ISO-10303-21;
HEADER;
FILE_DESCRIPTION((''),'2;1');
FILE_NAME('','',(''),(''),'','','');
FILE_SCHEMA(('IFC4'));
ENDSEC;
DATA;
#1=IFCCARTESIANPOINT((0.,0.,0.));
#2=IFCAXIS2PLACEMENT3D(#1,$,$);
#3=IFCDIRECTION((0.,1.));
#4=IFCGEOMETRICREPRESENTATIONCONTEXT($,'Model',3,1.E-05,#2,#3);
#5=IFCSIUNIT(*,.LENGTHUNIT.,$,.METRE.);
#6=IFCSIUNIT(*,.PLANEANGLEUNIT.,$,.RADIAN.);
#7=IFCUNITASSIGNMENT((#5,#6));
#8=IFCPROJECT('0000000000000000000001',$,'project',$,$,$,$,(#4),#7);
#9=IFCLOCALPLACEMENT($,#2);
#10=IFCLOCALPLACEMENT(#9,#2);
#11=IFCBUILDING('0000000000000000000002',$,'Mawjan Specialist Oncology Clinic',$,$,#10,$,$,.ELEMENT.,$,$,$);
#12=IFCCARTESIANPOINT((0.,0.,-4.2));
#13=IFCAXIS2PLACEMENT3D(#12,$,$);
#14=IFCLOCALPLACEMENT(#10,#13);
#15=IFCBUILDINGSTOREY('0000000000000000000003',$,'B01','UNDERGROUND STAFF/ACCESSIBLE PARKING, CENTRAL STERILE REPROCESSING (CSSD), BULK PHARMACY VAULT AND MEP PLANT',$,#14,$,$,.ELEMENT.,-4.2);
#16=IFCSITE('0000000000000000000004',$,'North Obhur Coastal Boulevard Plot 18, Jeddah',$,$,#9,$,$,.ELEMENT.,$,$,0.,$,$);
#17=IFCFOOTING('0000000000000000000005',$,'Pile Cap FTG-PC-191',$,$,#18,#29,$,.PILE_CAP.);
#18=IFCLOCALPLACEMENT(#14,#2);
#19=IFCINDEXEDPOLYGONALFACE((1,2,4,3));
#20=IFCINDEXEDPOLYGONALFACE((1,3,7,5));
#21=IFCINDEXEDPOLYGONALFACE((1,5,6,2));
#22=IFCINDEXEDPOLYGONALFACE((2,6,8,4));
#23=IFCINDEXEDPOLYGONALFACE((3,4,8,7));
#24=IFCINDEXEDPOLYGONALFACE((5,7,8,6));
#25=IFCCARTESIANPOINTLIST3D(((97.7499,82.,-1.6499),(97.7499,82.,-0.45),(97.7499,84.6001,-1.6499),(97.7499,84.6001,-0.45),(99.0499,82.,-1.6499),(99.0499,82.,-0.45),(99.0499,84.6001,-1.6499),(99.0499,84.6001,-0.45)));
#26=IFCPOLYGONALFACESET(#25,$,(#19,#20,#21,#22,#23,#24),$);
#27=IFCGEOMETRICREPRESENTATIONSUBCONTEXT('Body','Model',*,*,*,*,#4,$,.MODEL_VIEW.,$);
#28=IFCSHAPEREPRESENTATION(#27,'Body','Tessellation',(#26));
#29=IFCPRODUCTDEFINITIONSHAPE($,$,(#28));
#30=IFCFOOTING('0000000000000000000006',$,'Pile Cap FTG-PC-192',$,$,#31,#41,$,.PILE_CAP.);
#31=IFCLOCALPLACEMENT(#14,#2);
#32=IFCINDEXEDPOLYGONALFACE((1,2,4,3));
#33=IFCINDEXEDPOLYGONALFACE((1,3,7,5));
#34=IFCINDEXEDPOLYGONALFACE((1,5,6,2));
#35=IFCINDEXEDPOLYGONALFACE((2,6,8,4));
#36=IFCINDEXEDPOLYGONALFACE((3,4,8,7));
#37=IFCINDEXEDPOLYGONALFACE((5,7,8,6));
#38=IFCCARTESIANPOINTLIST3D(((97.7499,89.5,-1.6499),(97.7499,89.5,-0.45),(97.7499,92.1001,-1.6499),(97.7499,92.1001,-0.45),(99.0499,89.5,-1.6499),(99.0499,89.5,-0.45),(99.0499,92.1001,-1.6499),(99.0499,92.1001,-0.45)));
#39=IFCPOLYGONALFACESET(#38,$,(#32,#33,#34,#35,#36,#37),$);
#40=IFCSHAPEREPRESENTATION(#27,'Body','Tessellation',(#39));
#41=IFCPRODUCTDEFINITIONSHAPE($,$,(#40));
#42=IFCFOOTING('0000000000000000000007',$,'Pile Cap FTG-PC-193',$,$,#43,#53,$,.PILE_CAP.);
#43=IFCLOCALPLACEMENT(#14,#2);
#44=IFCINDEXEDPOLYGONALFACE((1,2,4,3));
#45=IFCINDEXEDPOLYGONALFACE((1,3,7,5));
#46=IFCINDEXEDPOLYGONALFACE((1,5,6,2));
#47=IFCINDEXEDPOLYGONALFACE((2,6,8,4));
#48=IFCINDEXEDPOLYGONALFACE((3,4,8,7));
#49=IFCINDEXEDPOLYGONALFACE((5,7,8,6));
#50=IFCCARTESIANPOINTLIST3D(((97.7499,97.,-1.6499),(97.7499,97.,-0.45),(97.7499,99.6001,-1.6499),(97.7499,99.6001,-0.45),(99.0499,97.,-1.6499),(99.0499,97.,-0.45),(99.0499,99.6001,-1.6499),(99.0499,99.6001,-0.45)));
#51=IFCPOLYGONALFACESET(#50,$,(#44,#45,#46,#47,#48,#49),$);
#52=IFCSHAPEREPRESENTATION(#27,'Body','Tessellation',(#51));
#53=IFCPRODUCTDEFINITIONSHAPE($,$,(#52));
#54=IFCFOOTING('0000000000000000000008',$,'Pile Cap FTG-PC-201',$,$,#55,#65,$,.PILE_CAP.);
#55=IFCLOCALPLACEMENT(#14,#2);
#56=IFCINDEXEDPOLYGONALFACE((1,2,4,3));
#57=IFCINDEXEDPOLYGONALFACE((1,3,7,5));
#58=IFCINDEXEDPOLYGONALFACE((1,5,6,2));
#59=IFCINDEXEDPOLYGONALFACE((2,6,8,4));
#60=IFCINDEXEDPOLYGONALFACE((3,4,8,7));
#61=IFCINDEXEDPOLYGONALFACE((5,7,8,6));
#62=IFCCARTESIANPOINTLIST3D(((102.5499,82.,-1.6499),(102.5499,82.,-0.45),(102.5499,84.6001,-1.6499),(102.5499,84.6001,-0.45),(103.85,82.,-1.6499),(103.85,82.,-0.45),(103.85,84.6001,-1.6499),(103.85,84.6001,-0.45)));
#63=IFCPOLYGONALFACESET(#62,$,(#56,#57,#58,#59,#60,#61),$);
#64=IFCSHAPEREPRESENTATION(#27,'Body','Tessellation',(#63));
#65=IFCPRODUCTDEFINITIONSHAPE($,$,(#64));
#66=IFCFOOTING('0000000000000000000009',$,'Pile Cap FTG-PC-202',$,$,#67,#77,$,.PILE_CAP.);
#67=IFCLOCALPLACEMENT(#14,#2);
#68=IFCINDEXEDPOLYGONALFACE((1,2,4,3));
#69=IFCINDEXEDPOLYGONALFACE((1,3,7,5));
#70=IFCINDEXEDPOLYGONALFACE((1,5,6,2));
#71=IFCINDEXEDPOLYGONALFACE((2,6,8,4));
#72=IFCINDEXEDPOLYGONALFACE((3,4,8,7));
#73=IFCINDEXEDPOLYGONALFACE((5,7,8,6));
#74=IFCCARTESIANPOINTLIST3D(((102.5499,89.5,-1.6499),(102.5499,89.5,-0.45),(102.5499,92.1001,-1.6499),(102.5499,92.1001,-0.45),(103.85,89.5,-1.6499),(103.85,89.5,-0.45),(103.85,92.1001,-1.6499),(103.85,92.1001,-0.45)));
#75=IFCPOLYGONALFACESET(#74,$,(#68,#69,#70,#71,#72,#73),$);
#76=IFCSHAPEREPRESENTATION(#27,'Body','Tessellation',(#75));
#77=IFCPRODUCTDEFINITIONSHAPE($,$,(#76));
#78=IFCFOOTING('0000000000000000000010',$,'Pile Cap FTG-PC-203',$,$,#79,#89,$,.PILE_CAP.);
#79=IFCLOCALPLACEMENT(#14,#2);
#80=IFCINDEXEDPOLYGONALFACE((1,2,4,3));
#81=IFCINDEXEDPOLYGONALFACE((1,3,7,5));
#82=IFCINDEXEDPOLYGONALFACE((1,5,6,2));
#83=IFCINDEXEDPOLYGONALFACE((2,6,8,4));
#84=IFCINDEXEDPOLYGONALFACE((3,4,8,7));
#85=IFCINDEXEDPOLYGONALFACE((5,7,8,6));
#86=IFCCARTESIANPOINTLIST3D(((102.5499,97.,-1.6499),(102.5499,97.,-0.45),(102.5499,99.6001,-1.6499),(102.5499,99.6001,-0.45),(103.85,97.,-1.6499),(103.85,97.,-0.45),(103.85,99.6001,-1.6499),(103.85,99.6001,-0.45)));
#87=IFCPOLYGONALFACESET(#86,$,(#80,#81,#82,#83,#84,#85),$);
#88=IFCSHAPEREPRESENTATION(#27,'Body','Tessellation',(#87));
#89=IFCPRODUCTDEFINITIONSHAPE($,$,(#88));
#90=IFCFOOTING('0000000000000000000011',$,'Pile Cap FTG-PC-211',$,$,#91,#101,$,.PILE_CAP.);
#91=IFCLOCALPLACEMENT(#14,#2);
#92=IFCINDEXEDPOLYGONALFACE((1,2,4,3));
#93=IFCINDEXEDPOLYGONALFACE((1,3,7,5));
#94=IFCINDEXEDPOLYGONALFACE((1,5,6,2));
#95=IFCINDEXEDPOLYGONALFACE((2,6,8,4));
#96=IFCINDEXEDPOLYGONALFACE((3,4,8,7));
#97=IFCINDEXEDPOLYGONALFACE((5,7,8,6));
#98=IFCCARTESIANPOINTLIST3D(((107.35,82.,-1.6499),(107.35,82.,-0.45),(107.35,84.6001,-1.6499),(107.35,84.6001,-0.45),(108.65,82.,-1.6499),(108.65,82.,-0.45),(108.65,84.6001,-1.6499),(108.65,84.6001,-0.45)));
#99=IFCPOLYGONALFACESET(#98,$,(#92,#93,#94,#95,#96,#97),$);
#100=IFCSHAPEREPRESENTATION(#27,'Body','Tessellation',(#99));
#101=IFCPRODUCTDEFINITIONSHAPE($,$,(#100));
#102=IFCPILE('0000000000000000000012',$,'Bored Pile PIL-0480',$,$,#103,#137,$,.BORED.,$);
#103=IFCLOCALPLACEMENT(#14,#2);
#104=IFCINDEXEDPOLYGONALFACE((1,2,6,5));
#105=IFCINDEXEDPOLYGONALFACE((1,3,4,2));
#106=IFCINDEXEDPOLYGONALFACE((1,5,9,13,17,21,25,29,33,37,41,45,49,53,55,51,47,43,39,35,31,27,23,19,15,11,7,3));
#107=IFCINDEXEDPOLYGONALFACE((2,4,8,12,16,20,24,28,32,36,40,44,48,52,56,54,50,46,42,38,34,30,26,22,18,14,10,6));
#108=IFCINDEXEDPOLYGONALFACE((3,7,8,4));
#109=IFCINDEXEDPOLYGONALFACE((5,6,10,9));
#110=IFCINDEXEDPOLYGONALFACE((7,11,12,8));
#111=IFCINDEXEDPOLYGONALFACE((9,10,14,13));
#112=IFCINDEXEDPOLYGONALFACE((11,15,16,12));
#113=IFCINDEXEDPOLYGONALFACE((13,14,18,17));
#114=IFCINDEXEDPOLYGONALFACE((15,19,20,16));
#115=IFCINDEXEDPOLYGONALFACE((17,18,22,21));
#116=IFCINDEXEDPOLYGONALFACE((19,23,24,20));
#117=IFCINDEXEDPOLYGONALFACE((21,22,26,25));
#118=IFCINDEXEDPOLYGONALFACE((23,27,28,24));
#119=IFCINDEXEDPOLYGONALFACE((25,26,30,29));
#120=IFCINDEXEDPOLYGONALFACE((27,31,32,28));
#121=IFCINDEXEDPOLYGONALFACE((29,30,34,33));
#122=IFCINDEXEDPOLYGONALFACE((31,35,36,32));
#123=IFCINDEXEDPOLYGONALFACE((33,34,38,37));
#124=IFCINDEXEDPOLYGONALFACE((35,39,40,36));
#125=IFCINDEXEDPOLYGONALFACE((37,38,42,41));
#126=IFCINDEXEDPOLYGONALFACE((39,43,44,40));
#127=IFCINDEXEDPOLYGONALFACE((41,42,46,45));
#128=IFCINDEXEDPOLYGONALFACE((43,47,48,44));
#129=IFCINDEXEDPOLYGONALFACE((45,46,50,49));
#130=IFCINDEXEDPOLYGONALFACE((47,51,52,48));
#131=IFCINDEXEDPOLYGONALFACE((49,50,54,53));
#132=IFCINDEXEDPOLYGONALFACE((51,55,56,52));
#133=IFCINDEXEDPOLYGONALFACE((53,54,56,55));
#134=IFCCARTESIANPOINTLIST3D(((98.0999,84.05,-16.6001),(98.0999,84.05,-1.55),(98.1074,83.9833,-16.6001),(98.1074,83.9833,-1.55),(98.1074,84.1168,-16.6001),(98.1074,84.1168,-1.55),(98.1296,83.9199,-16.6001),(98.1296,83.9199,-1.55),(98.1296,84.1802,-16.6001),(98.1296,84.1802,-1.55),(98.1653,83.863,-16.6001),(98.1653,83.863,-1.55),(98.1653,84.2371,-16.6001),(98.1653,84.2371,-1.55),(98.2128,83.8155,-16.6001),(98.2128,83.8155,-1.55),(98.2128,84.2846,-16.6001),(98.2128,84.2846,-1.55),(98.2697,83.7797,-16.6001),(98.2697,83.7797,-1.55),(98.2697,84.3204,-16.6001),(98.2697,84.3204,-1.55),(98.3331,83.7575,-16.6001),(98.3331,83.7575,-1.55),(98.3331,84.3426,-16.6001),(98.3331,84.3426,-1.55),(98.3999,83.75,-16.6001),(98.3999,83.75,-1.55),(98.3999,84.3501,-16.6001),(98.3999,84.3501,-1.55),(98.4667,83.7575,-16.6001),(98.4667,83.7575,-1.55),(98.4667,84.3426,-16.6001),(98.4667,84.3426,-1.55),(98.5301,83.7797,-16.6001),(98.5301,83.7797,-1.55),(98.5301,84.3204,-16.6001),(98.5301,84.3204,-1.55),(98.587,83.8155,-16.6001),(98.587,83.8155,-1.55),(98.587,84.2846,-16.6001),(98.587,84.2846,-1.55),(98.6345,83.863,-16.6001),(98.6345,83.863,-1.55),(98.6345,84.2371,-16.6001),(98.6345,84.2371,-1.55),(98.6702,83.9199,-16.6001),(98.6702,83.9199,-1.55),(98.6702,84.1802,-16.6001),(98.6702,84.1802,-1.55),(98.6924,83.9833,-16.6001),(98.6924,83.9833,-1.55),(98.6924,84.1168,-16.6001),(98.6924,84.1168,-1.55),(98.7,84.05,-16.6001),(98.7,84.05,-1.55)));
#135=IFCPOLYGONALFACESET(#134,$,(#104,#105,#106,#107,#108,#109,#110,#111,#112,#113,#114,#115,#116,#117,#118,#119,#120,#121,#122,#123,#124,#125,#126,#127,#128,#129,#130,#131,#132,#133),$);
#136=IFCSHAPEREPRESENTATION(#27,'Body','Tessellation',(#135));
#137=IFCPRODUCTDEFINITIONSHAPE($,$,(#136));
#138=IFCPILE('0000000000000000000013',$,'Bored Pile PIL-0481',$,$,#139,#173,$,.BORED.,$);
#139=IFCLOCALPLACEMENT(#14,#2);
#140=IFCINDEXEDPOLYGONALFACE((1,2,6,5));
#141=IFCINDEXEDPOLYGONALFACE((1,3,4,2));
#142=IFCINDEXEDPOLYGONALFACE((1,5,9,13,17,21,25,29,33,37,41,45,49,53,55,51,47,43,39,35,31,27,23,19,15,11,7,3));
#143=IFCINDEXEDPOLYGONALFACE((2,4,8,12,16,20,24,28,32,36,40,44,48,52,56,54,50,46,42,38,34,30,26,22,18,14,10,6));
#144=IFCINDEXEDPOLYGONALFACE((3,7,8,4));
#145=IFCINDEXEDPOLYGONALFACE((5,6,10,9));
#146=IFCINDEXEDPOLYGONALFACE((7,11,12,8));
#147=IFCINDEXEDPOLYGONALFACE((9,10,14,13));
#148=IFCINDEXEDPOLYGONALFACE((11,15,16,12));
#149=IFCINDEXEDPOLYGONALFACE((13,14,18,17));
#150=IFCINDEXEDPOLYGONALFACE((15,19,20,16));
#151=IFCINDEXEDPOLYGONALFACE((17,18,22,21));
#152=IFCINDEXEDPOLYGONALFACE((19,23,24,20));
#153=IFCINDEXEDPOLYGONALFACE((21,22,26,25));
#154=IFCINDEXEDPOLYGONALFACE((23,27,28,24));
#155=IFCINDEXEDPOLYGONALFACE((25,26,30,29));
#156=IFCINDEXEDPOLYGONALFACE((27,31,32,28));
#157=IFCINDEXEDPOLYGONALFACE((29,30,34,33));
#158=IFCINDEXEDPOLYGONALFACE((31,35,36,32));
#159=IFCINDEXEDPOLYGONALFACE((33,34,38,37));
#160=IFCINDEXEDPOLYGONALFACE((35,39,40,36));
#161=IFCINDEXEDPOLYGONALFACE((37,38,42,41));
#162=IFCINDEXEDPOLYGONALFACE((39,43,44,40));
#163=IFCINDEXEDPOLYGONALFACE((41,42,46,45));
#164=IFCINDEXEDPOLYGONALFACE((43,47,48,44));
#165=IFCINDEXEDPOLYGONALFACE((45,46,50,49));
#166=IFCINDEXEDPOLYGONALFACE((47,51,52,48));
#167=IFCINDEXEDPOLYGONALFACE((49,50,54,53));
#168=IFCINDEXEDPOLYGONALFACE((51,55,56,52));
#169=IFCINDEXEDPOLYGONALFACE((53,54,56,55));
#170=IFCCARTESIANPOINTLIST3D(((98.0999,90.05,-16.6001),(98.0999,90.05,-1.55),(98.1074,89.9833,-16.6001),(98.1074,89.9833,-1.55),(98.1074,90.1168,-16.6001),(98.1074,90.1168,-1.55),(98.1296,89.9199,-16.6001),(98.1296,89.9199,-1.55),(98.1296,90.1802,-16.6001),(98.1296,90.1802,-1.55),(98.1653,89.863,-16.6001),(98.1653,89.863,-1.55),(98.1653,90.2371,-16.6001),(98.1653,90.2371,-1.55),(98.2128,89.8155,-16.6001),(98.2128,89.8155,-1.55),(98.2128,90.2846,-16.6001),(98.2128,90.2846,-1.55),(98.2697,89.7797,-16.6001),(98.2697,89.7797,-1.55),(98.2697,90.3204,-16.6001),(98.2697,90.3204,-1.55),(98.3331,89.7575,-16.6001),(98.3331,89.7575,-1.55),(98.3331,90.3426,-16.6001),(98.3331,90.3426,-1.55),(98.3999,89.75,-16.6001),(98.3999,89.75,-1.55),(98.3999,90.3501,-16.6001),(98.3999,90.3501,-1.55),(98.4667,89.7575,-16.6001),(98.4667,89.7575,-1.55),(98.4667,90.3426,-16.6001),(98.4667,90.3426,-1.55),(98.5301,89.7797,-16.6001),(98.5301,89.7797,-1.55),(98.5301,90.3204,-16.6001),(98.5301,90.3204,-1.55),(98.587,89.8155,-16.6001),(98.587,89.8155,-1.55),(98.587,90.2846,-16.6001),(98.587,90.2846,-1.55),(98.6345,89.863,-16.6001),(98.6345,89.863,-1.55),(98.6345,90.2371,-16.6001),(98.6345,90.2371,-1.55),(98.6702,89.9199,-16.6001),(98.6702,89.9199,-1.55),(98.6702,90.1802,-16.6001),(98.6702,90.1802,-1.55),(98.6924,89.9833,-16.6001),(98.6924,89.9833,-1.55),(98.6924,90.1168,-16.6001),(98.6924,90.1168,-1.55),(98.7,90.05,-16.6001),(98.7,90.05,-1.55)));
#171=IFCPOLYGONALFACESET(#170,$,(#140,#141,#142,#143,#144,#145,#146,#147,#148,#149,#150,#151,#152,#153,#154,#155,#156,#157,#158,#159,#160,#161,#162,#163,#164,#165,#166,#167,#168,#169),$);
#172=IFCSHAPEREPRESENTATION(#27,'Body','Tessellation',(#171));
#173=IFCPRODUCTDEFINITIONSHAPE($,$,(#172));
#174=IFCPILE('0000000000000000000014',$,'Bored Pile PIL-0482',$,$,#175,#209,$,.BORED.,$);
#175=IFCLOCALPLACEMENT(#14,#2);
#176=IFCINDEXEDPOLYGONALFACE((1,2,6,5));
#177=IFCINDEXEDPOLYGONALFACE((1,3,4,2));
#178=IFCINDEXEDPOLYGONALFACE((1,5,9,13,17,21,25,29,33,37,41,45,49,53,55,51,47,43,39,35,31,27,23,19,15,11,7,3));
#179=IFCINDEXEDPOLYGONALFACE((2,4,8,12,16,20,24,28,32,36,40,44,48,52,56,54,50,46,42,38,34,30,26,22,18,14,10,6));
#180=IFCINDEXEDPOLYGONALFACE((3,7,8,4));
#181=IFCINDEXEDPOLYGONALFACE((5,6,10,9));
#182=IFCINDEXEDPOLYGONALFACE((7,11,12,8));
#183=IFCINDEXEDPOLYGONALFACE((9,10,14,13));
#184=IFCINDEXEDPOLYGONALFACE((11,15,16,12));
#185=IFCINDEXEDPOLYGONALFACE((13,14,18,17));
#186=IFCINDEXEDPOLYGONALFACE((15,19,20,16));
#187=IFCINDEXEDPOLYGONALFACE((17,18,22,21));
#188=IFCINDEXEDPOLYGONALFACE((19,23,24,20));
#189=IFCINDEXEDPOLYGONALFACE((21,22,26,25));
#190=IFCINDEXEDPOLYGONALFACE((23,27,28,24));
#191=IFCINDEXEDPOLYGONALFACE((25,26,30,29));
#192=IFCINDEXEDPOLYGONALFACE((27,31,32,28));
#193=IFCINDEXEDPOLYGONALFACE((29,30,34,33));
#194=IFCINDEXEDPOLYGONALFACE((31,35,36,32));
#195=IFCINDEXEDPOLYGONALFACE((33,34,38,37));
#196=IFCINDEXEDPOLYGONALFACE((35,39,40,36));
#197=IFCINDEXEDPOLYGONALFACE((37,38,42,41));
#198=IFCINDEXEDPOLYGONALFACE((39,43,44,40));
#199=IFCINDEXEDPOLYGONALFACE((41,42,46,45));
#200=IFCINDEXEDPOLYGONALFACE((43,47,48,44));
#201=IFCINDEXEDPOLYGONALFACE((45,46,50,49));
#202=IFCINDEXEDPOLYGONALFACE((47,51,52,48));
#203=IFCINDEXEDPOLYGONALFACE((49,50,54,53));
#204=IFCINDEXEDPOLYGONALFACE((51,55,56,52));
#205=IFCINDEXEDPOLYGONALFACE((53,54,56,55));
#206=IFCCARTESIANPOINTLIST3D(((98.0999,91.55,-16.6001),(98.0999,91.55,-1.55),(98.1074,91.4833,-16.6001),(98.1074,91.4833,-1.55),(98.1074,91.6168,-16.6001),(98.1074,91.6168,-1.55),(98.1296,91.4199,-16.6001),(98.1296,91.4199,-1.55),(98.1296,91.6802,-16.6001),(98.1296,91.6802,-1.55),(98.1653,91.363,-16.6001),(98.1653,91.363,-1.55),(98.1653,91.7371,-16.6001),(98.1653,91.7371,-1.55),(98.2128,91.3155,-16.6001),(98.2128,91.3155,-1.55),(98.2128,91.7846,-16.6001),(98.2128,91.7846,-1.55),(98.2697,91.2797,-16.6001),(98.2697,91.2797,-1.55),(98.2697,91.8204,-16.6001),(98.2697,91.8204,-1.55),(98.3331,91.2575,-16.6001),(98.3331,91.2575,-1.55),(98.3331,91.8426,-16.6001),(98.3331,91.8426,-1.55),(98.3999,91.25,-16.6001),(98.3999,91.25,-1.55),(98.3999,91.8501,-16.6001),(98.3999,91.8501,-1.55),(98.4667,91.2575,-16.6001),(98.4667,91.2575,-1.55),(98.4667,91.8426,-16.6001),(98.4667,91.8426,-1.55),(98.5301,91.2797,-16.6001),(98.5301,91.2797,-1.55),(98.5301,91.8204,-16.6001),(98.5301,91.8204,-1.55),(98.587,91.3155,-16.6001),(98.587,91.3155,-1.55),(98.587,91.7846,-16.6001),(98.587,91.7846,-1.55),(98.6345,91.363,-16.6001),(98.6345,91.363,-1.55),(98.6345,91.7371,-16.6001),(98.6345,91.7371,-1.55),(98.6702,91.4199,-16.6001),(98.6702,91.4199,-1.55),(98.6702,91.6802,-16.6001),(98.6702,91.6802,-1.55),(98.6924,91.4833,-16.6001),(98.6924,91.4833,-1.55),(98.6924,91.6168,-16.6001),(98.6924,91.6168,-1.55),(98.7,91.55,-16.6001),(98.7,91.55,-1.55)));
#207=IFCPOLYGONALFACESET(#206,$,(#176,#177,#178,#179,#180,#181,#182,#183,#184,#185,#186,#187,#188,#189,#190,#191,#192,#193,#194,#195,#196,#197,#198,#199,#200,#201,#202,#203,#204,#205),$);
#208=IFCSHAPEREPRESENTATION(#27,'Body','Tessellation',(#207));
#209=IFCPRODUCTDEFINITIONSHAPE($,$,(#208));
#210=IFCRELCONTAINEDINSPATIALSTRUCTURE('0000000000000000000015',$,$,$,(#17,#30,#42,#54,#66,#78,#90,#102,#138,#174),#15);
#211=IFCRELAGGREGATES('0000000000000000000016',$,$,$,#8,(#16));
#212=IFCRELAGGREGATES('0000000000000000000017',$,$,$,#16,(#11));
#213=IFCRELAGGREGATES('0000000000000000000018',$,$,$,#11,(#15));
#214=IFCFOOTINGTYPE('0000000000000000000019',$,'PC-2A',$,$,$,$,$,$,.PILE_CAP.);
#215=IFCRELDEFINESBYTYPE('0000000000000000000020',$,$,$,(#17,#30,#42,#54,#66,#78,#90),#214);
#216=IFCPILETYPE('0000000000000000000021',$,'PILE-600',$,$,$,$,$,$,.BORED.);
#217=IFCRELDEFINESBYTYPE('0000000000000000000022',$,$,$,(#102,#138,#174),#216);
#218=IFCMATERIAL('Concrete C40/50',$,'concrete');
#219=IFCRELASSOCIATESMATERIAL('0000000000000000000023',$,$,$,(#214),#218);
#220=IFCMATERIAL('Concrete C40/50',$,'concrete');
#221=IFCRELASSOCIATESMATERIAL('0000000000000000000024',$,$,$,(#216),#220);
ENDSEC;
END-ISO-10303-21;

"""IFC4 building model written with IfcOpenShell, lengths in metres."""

from ifc_helpers import new_model, si_unit, direction, frame, origin, origin_2d, place, context, subcontext, project, spatial, rectangle, circle, extrude, material, material_profile, profile_set, type_object, element, save


model = new_model("IFC4")

# Units and contexts
model_context = context("Model", 3, precision=1e-05, world=origin(), true_north=direction((0.0, 1.0)))
body_context = subcontext(model_context, "Body", "Model", "MODEL_VIEW")
ifc_project = project(units=[si_unit("LENGTHUNIT", "METRE"), si_unit("PLANEANGLEUNIT", "RADIAN")], contexts=[model_context])

# Site, building, storey
site_placement = place(None, origin())
site = spatial("IfcSite", under=ifc_project, at=site_placement, Name="North Obhur Coastal Boulevard Plot 18, Jeddah", CompositionType="ELEMENT", RefElevation=0.0)
building_placement = place(site_placement, origin())
building = spatial("IfcBuilding", under=site, at=building_placement, Name="Mawjan Specialist Oncology Clinic", CompositionType="ELEMENT")
storey_placement = place(building_placement, frame((0.0, 0.0, -4.2)))
storey = spatial("IfcBuildingStorey", under=building, at=storey_placement, Name="B01", Description="UNDERGROUND STAFF/ACCESSIBLE PARKING, CENTRAL STERILE REPROCESSING (CSSD), BULK PHARMACY VAULT AND MEP PLANT", CompositionType="ELEMENT", Elevation=-4.2)

# Footings
ifc_material_1 = material(Name="Concrete C40/50", Category="concrete")
footing_type_1 = type_object("IfcFootingType", Name="PC-2A", PredefinedType="PILE_CAP", material=ifc_material_1)
for number, where, z_axis, x_axis, name in (
    (1, (98.3999, 83.3, -1.6499), (0.0, 0.0, 1.0), (0.0, 1.0, 0.0), "Pile Cap FTG-PC-191"),
    (2, (98.3999, 90.8, -1.6499), (0.0, 0.0, 1.0), (0.0, 1.0, 0.0), "Pile Cap FTG-PC-192"),
    (3, (98.3999, 98.3, -1.6499), (0.0, 0.0, 1.0), (0.0, 1.0, 0.0), "Pile Cap FTG-PC-193"),
    (4, (103.2, 83.3, -1.6499), (0.0, 0.0, 1.0), (0.0, 1.0, 0.0), "Pile Cap FTG-PC-201"),
    (5, (103.2, 90.8, -1.6499), (0.0, 0.0, 1.0), (0.0, 1.0, 0.0), "Pile Cap FTG-PC-202"),
    (6, (103.2, 98.3, -1.6499), (0.0, 0.0, 1.0), (0.0, 1.0, 0.0), "Pile Cap FTG-PC-203"),
    (7, (108.0, 83.3, -1.6499), (0.0, 0.0, 1.0), (0.0, 1.0, 0.0), "Pile Cap FTG-PC-211"),
):
    element("IfcFooting", number, at=place(storey_placement, frame(where, z_axis=z_axis, x_axis=x_axis)), inside=storey, type_object=footing_type_1, Name=name, PredefinedType="PILE_CAP", context=body_context, shape_type="SweptSolid", body=[
        extrude(rectangle(XDim=2.6001, YDim=1.3, at=origin_2d()), origin(), (0.0, 0.0, 1.0), 1.2),
    ])

# Piles
ifc_material_2 = material(Name="Concrete C40/50", Category="concrete")
ifc_material_profile_1 = material_profile(ifc_material_2, circle(Radius=0.3, at=origin_2d()), Name="BORED PILE D600", Category="concrete")
ifc_profile_set_1 = profile_set([ifc_material_profile_1], Name="Concrete C40/50")
pile_type = type_object("IfcPileType", Name="PILE-600", PredefinedType="BORED", material=ifc_profile_set_1)
for number, where, z_axis, x_axis, name in (
    (8, (98.3999, 84.05, -1.55), (0.0, 0.0, -1.0), (1.0, 0.0, 0.0), "Bored Pile PIL-0480"),
    (9, (98.3999, 90.05, -1.55), (0.0, 0.0, -1.0), (1.0, 0.0, 0.0), "Bored Pile PIL-0481"),
    (10, (98.3999, 91.55, -1.55), (0.0, 0.0, -1.0), (1.0, 0.0, 0.0), "Bored Pile PIL-0482"),
):
    element("IfcPile", number, at=place(storey_placement, frame(where, z_axis=z_axis, x_axis=x_axis)), inside=storey, type_object=pile_type, Name=name, PredefinedType="BORED", context=body_context, shape_type="SweptSolid", body=[
        extrude(circle(Radius=0.3, at=origin_2d()), origin(), (0.0, 0.0, 1.0), 15.05),
    ])

save(model, "model.ifc")
